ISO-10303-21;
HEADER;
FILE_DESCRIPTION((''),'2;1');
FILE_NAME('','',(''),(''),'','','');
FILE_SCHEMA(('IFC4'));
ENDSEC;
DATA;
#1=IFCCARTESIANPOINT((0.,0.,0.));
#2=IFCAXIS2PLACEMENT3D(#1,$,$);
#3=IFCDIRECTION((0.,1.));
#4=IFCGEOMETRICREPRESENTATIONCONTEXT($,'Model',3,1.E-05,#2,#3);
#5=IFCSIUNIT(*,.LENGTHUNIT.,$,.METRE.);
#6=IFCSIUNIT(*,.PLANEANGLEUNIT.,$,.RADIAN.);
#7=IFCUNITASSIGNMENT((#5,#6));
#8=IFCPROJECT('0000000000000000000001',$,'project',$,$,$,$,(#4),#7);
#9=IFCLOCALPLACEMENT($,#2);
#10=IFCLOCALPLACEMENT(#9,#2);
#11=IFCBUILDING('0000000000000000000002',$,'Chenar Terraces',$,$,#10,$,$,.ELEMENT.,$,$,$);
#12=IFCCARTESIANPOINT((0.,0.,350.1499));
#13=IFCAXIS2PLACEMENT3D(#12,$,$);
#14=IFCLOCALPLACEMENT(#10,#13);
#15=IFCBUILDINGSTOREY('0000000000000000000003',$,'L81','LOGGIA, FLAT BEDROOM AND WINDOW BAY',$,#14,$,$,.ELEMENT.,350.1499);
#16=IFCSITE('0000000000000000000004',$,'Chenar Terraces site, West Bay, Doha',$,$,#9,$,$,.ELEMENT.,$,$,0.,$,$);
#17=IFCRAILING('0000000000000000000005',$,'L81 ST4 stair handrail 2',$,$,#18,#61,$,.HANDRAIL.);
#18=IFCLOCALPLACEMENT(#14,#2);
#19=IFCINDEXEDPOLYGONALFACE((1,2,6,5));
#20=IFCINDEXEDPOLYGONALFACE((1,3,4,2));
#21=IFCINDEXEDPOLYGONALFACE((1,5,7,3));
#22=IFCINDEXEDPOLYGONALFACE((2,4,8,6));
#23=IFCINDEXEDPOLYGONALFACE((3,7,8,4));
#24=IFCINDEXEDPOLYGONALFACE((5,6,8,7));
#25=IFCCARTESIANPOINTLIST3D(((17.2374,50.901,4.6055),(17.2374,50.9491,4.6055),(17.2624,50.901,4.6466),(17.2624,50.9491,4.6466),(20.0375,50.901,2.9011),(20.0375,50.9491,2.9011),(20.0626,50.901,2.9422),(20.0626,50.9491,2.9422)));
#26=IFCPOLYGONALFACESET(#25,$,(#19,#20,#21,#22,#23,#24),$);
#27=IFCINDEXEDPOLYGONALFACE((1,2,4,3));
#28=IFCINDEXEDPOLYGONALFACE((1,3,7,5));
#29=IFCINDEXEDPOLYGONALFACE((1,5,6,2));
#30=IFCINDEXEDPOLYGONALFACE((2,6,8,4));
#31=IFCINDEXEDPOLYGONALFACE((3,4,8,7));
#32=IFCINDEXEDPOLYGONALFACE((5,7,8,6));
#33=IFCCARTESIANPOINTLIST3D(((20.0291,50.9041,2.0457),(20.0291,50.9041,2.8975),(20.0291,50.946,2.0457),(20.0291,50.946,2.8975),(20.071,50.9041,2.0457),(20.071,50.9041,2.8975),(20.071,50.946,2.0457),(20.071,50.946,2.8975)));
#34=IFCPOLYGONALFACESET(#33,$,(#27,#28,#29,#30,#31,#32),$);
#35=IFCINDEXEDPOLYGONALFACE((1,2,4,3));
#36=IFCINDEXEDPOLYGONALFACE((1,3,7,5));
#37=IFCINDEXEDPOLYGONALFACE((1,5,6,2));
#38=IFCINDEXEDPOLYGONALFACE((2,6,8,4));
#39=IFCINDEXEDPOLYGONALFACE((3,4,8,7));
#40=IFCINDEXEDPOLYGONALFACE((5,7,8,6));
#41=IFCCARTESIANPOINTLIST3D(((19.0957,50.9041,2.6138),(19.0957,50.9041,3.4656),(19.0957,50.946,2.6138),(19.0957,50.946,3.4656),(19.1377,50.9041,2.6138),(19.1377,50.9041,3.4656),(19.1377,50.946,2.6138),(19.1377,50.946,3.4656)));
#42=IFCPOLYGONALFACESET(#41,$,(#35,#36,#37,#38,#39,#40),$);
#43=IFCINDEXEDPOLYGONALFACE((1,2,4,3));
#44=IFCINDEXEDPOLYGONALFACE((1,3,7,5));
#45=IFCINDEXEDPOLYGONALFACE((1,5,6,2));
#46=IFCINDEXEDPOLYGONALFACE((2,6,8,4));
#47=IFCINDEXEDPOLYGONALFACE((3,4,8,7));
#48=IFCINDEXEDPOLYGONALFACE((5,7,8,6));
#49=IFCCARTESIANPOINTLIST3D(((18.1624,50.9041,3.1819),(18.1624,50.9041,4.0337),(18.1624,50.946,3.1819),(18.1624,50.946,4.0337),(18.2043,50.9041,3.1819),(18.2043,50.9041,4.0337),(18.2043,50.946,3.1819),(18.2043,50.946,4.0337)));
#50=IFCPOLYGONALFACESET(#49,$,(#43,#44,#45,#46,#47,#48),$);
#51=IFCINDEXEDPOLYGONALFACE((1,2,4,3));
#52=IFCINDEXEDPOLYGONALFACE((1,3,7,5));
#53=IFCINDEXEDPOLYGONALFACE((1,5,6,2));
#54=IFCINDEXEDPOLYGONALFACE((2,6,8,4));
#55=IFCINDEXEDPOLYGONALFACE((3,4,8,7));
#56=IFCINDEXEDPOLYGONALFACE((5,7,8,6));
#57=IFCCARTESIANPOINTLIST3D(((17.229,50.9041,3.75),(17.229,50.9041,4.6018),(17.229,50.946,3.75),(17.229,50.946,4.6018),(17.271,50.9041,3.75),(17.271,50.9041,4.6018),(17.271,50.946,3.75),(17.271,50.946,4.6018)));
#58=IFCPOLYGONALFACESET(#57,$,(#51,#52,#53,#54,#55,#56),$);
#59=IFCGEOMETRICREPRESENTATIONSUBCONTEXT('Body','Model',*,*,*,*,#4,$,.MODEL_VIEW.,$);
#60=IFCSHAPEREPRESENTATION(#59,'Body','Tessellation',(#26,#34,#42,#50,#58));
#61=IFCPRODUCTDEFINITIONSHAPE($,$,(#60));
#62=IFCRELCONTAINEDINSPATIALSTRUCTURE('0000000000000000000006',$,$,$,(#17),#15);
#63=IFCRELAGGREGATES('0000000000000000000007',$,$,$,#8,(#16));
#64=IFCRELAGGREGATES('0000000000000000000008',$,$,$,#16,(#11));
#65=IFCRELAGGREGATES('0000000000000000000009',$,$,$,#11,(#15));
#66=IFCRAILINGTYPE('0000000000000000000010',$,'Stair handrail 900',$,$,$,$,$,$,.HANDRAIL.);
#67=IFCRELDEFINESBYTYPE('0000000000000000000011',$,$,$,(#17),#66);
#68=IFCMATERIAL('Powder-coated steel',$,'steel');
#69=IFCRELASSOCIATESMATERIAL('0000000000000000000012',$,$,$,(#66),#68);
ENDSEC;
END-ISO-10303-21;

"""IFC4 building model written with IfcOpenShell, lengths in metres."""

from ifc_helpers import new_model, si_unit, direction, frame, origin, origin_2d, place, context, subcontext, project, spatial, rectangle, extrude, material, type_object, element, save


model = new_model("IFC4")

# Units and contexts
model_context = context("Model", 3, precision=1e-05, world=origin(), true_north=direction((0.0, 1.0)))
body_context = subcontext(model_context, "Body", "Model", "MODEL_VIEW")
ifc_project = project(units=[si_unit("LENGTHUNIT", "METRE"), si_unit("PLANEANGLEUNIT", "RADIAN")], contexts=[model_context])

# Site, building, storey
site_placement = place(None, origin())
site = spatial("IfcSite", under=ifc_project, at=site_placement, Name="Chenar Terraces site, West Bay, Doha", CompositionType="ELEMENT", RefElevation=0.0)
building_placement = place(site_placement, origin())
building = spatial("IfcBuilding", under=site, at=building_placement, Name="Chenar Terraces", CompositionType="ELEMENT")
storey_placement = place(building_placement, frame((0.0, 0.0, 350.1499)))
storey = spatial("IfcBuildingStorey", under=building, at=storey_placement, Name="L81", Description="LOGGIA, FLAT BEDROOM AND WINDOW BAY", CompositionType="ELEMENT", Elevation=350.1499)

# Railing
ifc_material_1 = material(Name="Powder-coated steel", Category="steel")
railing_type_1 = type_object("IfcRailingType", Name="Stair handrail 900", PredefinedType="HANDRAIL", material=ifc_material_1)
railing_1_placement = place(storey_placement, frame((20.05, 50.925, 2.0457)))
element("IfcRailing", 1, at=railing_1_placement, inside=storey, type_object=railing_type_1, Name="L81 ST4 stair handrail 2", PredefinedType="HANDRAIL", context=body_context, shape_type="SweptSolid", body=[
    extrude(rectangle(XDim=0.0481, YDim=0.0481, at=origin_2d()), frame((0.0, 0.0, 0.876), z_axis=(-0.854203, 0.0, 0.51994), x_axis=(0.0, -1.0, 0.0)), (0.0, 0.0, 1.0), 3.2781),
    extrude(rectangle(XDim=0.042, YDim=0.042, at=origin_2d()), origin(), (0.0, 0.0, 1.0), 0.8518),
    extrude(rectangle(XDim=0.042, YDim=0.042, at=origin_2d()), frame((-0.9333, 0.0, 0.5681)), (0.0, 0.0, 1.0), 0.8518),
    extrude(rectangle(XDim=0.042, YDim=0.042, at=origin_2d()), frame((-1.8667, 0.0, 1.1362)), (0.0, 0.0, 1.0), 0.8518),
    extrude(rectangle(XDim=0.042, YDim=0.042, at=origin_2d()), frame((-2.8, 0.0, 1.7043)), (0.0, 0.0, 1.0), 0.8518),
])

save(model, "model.ifc")
